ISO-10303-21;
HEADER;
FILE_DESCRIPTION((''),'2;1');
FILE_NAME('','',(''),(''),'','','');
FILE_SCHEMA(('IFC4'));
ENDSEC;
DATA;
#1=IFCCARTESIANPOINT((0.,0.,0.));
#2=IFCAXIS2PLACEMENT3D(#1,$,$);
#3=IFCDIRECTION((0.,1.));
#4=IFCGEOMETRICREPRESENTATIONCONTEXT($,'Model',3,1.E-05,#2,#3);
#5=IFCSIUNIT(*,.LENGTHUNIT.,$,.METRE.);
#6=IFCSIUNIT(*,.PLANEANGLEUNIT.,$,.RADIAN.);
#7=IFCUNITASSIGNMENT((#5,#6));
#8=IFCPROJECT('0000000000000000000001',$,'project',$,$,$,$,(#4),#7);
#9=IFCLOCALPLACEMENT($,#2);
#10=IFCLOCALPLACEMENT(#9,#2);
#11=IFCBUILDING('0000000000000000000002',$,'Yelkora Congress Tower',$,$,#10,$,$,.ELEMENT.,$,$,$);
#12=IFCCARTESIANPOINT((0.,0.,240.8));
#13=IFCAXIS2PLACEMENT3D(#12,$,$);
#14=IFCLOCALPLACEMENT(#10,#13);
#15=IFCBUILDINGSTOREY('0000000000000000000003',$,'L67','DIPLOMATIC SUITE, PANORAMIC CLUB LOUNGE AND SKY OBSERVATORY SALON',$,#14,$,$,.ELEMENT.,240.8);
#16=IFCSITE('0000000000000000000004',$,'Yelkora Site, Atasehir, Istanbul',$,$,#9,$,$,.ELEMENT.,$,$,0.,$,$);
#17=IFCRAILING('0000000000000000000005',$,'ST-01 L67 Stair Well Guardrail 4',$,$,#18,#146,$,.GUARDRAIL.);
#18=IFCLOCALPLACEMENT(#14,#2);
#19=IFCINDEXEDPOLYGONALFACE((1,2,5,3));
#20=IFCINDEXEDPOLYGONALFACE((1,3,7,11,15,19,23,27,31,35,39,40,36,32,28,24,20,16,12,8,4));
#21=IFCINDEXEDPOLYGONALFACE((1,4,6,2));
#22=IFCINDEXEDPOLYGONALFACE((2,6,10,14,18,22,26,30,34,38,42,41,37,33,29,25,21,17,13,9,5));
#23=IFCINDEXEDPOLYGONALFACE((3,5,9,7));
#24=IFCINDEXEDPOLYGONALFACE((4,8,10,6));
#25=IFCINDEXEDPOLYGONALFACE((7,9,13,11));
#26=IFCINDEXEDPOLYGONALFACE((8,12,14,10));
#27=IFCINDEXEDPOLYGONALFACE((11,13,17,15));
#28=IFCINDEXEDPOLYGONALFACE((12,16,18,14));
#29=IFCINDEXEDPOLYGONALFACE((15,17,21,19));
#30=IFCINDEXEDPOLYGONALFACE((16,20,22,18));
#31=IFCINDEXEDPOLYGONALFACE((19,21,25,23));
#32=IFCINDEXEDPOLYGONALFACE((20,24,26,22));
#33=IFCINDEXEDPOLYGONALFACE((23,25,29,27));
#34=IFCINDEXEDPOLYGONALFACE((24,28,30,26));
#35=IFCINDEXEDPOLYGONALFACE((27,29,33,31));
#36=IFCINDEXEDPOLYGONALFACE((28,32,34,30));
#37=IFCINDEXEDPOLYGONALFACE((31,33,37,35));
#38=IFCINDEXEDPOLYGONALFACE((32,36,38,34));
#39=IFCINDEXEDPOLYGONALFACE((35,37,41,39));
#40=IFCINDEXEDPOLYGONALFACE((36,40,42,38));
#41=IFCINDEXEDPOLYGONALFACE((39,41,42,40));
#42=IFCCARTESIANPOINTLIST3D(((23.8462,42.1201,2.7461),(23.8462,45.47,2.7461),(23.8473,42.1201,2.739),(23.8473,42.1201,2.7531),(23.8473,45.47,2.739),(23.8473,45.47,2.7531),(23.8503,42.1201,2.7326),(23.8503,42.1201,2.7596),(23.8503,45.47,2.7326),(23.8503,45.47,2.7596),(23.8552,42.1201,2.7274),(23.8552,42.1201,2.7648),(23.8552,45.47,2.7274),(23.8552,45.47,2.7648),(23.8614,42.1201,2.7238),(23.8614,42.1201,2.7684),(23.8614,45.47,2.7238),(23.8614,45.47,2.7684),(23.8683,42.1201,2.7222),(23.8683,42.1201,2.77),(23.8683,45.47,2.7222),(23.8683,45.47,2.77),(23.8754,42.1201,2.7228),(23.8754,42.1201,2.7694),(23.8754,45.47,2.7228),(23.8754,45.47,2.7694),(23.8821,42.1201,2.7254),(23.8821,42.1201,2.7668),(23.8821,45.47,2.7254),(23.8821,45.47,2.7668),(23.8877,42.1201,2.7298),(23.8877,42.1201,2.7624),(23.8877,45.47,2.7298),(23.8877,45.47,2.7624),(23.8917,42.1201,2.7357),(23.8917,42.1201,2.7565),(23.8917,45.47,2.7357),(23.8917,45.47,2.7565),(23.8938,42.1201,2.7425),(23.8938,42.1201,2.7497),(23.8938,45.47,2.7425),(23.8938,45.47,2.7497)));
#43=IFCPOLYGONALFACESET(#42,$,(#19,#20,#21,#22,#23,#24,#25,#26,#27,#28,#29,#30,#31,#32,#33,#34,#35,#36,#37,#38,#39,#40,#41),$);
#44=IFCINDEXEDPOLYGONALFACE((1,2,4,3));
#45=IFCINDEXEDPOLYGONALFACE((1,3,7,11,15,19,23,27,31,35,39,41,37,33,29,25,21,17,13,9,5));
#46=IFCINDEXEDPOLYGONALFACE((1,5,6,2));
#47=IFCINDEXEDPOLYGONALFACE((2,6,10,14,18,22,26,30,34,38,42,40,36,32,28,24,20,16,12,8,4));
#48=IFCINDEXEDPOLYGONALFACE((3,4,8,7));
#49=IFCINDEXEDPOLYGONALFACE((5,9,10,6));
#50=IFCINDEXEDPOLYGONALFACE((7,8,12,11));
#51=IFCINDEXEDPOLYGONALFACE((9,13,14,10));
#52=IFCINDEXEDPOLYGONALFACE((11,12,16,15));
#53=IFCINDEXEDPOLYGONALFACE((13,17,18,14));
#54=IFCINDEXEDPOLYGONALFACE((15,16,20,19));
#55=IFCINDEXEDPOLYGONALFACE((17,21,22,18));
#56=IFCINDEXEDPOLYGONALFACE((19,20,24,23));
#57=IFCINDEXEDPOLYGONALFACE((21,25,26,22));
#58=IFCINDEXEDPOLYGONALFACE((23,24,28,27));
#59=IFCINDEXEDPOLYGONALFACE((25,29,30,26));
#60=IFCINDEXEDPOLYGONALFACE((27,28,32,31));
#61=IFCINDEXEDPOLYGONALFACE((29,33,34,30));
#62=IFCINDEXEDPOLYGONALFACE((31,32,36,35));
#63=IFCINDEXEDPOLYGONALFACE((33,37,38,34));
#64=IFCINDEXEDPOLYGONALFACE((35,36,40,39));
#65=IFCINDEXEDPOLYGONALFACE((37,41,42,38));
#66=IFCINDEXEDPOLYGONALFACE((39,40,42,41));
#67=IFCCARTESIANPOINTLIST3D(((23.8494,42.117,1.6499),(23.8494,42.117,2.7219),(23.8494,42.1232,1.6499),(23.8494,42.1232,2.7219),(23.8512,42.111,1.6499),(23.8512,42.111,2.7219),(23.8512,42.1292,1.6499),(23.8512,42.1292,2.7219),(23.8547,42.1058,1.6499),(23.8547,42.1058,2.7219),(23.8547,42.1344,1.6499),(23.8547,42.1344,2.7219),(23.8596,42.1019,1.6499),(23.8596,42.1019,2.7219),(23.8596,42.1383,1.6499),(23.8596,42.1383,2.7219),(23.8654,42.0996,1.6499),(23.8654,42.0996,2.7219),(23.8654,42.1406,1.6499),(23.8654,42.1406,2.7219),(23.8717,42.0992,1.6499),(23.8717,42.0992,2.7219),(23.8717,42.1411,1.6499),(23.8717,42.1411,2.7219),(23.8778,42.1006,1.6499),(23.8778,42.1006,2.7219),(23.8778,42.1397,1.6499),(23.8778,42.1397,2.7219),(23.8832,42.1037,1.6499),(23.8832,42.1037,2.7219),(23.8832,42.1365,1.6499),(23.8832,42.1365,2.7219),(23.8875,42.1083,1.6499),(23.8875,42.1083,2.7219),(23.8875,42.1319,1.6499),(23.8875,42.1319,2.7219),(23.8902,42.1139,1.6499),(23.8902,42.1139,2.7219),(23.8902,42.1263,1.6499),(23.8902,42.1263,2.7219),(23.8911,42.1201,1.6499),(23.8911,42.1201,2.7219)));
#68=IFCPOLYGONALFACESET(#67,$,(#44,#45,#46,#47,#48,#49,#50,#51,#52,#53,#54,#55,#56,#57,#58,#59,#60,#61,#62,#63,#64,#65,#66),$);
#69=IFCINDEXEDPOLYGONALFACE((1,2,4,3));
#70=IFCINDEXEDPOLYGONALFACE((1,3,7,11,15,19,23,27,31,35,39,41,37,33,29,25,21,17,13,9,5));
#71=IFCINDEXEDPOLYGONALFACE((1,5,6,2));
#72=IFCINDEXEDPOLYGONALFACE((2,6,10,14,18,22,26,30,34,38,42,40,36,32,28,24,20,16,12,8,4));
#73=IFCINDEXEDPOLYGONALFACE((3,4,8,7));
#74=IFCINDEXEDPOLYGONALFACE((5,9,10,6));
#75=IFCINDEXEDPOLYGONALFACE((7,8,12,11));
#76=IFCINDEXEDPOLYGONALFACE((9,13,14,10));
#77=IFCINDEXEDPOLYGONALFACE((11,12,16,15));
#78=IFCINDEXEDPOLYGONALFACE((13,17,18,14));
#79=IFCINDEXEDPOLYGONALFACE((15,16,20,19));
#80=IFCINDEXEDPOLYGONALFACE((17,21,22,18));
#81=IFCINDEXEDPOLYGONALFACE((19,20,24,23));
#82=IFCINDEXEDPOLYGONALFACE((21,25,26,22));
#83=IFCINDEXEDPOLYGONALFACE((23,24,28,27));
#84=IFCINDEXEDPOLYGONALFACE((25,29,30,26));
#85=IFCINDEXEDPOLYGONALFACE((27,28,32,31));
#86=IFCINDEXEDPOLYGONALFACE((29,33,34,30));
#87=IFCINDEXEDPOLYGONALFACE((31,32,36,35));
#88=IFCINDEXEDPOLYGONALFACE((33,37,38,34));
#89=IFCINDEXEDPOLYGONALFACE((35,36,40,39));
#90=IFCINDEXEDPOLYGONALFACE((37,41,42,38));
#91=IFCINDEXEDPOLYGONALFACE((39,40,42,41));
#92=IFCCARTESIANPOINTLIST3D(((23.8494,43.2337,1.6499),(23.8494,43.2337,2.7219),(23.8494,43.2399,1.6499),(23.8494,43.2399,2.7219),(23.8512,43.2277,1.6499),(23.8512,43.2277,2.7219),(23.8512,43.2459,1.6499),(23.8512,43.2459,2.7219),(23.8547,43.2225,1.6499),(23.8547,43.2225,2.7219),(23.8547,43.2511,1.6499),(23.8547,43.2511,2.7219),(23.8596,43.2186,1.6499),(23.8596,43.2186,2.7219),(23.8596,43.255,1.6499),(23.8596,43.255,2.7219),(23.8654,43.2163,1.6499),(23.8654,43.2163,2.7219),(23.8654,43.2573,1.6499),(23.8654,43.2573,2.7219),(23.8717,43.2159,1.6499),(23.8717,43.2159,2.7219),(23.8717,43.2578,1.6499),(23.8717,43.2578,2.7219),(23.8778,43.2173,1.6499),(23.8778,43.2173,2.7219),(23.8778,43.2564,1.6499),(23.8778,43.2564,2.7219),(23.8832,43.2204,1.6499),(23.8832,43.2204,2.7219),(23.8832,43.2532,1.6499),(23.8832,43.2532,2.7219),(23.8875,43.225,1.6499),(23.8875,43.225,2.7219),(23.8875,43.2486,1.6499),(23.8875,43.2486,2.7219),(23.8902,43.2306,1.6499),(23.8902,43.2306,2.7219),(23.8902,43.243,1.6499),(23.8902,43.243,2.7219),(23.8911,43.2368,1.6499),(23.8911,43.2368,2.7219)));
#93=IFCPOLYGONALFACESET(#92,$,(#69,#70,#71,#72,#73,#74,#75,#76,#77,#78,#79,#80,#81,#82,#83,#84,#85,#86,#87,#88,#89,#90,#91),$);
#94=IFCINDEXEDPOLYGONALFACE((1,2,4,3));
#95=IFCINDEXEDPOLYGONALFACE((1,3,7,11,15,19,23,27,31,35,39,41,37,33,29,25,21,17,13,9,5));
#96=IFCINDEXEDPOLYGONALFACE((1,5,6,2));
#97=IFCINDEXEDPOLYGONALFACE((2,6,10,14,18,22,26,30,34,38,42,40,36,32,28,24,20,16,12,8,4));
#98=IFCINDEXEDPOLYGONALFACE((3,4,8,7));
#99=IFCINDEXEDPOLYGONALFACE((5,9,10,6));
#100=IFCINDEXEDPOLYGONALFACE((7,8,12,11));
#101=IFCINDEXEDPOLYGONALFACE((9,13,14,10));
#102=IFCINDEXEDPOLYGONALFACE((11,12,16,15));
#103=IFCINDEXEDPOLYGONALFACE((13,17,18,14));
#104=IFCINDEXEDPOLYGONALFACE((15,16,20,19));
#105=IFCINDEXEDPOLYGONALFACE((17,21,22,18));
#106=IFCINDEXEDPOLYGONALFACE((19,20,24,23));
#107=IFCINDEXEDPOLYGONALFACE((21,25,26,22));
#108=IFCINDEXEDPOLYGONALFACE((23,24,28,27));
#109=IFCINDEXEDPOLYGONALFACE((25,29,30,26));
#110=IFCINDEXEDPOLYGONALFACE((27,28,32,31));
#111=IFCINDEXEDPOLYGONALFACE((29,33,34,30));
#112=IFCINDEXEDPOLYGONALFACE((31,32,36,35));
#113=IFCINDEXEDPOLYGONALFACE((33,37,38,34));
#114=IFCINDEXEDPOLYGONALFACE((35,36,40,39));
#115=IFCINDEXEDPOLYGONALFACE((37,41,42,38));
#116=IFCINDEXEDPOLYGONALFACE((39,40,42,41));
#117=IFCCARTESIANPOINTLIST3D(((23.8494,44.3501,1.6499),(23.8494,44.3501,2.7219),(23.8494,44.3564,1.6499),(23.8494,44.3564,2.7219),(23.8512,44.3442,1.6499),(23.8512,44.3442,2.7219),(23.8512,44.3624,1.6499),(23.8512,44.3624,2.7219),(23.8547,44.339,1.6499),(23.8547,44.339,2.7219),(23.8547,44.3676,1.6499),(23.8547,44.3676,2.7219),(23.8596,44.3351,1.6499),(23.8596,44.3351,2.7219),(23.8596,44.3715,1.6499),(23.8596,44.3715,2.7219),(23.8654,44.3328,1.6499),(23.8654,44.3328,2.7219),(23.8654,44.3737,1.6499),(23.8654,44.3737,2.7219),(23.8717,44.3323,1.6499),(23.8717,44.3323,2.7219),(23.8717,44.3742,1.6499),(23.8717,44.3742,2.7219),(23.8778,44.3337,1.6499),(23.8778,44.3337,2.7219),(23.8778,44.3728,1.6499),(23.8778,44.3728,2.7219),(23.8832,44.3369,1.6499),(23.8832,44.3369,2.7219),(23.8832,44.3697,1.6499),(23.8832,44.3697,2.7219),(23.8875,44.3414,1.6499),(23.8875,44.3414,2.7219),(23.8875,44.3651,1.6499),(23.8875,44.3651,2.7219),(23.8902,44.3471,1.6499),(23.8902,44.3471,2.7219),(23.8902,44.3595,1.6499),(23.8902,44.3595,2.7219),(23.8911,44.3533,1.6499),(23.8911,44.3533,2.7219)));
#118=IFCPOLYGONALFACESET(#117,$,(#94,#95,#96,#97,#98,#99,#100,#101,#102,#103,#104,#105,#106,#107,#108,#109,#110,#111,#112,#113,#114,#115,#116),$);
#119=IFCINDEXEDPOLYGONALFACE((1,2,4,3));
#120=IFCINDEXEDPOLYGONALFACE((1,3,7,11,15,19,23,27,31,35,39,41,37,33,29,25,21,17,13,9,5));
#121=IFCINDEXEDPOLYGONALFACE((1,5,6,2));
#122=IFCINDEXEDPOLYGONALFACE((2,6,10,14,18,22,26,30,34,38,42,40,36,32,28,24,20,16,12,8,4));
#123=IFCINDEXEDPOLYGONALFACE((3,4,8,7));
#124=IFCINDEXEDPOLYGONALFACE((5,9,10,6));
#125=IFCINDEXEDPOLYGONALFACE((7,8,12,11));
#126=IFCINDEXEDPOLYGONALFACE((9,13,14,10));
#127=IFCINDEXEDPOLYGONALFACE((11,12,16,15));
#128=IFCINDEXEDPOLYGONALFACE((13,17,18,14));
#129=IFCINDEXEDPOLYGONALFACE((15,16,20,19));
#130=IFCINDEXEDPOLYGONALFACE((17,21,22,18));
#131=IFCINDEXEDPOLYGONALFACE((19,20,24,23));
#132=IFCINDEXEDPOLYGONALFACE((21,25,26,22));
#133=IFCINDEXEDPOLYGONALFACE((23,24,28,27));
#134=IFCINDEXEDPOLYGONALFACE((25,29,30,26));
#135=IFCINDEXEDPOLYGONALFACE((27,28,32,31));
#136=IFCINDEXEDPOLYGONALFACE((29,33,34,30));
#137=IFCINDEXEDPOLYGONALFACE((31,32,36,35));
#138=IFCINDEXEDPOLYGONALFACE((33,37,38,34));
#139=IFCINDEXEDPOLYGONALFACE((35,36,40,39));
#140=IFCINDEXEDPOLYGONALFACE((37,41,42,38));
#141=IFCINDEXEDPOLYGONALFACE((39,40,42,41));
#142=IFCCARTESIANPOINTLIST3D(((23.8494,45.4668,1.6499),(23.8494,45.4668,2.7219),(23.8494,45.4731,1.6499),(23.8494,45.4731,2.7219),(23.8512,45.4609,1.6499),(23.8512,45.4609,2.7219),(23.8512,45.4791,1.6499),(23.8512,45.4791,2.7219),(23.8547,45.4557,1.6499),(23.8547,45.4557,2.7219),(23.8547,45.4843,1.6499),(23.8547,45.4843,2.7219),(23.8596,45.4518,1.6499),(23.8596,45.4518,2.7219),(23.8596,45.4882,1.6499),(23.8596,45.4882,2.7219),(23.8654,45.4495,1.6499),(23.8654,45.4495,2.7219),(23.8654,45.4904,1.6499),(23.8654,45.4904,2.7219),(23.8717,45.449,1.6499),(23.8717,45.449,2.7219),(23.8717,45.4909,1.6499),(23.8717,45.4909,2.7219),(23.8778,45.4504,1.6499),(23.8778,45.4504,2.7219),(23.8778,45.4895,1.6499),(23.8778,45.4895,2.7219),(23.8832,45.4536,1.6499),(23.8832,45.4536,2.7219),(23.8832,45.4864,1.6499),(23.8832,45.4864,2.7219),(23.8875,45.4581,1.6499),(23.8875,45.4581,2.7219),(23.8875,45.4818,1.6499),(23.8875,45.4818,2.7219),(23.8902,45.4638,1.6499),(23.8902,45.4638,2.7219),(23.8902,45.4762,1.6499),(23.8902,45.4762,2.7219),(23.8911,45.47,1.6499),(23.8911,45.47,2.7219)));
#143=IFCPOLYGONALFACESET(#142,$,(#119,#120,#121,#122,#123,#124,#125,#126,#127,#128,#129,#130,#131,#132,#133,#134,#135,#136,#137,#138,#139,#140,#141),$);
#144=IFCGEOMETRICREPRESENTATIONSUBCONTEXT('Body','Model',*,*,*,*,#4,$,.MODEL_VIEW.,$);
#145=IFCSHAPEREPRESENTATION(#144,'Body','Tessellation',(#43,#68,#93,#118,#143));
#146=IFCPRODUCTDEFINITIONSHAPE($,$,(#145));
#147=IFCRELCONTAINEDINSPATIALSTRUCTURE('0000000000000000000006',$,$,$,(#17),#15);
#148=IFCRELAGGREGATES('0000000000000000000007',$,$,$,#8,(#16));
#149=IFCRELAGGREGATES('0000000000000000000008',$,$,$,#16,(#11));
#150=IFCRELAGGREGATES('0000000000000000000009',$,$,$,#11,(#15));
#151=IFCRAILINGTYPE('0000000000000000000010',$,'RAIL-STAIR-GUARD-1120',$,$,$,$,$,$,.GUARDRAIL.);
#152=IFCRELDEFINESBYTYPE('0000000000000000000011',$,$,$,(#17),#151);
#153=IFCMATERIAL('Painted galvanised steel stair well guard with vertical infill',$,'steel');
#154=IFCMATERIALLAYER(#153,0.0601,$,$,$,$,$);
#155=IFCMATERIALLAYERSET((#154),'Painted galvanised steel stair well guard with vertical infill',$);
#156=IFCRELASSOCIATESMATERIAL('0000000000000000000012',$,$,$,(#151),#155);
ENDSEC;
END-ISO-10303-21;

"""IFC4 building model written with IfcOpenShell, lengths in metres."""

from ifc_helpers import new_model, si_unit, direction, frame, origin, origin_2d, place, context, subcontext, project, spatial, circle, extrude, material, layer, layer_set, type_object, element, save


model = new_model("IFC4")

# Units and contexts
model_context = context("Model", 3, precision=1e-05, world=origin(), true_north=direction((0.0, 1.0)))
body_context = subcontext(model_context, "Body", "Model", "MODEL_VIEW")
ifc_project = project(units=[si_unit("LENGTHUNIT", "METRE"), si_unit("PLANEANGLEUNIT", "RADIAN")], contexts=[model_context])

# Site, building, storey
site_placement = place(None, origin())
site = spatial("IfcSite", under=ifc_project, at=site_placement, Name="Yelkora Site, Atasehir, Istanbul", CompositionType="ELEMENT", RefElevation=0.0)
building_placement = place(site_placement, origin())
building = spatial("IfcBuilding", under=site, at=building_placement, Name="Yelkora Congress Tower", CompositionType="ELEMENT")
storey_placement = place(building_placement, frame((0.0, 0.0, 240.8)))
storey = spatial("IfcBuildingStorey", under=building, at=storey_placement, Name="L67", Description="DIPLOMATIC SUITE, PANORAMIC CLUB LOUNGE AND SKY OBSERVATORY SALON", CompositionType="ELEMENT", Elevation=240.8)

# Railing
ifc_material_1 = material(Name="Painted galvanised steel stair well guard with vertical infill", Category="steel")
ifc_layer_1 = layer(ifc_material_1, 0.0601)
ifc_layer_set_1 = layer_set([ifc_layer_1], Name="Painted galvanised steel stair well guard with vertical infill")
railing_type_1 = type_object("IfcRailingType", Name="RAIL-STAIR-GUARD-1120", PredefinedType="GUARDRAIL", material=ifc_layer_set_1)
railing_1_placement = place(storey_placement, frame((23.8701, 42.1201, 1.6499)))
element("IfcRailing", 1, at=railing_1_placement, inside=storey, type_object=railing_type_1, Name="ST-01 L67 Stair Well Guardrail 4", PredefinedType="GUARDRAIL", context=body_context, shape_type="SweptSolid", body=[
    extrude(circle(Radius=0.0239, at=origin_2d()), frame((0.0, 0.0, 1.0962), z_axis=(0.0, 1.0, 0.0), x_axis=(-1.0, 0.0, 0.0)), (0.0, 0.0, 1.0), 3.3499),
    extrude(circle(Radius=0.021, at=origin_2d()), origin(), (0.0, 0.0, 1.0), 1.072),
    extrude(circle(Radius=0.021, at=origin_2d()), frame((0.0, 1.1167, 0.0)), (0.0, 0.0, 1.0), 1.072),
    extrude(circle(Radius=0.021, at=origin_2d()), frame((0.0, 2.2332, 0.0)), (0.0, 0.0, 1.0), 1.072),
    extrude(circle(Radius=0.021, at=origin_2d()), frame((0.0, 3.3499, 0.0)), (0.0, 0.0, 1.0), 1.072),
])

save(model, "model.ifc")
